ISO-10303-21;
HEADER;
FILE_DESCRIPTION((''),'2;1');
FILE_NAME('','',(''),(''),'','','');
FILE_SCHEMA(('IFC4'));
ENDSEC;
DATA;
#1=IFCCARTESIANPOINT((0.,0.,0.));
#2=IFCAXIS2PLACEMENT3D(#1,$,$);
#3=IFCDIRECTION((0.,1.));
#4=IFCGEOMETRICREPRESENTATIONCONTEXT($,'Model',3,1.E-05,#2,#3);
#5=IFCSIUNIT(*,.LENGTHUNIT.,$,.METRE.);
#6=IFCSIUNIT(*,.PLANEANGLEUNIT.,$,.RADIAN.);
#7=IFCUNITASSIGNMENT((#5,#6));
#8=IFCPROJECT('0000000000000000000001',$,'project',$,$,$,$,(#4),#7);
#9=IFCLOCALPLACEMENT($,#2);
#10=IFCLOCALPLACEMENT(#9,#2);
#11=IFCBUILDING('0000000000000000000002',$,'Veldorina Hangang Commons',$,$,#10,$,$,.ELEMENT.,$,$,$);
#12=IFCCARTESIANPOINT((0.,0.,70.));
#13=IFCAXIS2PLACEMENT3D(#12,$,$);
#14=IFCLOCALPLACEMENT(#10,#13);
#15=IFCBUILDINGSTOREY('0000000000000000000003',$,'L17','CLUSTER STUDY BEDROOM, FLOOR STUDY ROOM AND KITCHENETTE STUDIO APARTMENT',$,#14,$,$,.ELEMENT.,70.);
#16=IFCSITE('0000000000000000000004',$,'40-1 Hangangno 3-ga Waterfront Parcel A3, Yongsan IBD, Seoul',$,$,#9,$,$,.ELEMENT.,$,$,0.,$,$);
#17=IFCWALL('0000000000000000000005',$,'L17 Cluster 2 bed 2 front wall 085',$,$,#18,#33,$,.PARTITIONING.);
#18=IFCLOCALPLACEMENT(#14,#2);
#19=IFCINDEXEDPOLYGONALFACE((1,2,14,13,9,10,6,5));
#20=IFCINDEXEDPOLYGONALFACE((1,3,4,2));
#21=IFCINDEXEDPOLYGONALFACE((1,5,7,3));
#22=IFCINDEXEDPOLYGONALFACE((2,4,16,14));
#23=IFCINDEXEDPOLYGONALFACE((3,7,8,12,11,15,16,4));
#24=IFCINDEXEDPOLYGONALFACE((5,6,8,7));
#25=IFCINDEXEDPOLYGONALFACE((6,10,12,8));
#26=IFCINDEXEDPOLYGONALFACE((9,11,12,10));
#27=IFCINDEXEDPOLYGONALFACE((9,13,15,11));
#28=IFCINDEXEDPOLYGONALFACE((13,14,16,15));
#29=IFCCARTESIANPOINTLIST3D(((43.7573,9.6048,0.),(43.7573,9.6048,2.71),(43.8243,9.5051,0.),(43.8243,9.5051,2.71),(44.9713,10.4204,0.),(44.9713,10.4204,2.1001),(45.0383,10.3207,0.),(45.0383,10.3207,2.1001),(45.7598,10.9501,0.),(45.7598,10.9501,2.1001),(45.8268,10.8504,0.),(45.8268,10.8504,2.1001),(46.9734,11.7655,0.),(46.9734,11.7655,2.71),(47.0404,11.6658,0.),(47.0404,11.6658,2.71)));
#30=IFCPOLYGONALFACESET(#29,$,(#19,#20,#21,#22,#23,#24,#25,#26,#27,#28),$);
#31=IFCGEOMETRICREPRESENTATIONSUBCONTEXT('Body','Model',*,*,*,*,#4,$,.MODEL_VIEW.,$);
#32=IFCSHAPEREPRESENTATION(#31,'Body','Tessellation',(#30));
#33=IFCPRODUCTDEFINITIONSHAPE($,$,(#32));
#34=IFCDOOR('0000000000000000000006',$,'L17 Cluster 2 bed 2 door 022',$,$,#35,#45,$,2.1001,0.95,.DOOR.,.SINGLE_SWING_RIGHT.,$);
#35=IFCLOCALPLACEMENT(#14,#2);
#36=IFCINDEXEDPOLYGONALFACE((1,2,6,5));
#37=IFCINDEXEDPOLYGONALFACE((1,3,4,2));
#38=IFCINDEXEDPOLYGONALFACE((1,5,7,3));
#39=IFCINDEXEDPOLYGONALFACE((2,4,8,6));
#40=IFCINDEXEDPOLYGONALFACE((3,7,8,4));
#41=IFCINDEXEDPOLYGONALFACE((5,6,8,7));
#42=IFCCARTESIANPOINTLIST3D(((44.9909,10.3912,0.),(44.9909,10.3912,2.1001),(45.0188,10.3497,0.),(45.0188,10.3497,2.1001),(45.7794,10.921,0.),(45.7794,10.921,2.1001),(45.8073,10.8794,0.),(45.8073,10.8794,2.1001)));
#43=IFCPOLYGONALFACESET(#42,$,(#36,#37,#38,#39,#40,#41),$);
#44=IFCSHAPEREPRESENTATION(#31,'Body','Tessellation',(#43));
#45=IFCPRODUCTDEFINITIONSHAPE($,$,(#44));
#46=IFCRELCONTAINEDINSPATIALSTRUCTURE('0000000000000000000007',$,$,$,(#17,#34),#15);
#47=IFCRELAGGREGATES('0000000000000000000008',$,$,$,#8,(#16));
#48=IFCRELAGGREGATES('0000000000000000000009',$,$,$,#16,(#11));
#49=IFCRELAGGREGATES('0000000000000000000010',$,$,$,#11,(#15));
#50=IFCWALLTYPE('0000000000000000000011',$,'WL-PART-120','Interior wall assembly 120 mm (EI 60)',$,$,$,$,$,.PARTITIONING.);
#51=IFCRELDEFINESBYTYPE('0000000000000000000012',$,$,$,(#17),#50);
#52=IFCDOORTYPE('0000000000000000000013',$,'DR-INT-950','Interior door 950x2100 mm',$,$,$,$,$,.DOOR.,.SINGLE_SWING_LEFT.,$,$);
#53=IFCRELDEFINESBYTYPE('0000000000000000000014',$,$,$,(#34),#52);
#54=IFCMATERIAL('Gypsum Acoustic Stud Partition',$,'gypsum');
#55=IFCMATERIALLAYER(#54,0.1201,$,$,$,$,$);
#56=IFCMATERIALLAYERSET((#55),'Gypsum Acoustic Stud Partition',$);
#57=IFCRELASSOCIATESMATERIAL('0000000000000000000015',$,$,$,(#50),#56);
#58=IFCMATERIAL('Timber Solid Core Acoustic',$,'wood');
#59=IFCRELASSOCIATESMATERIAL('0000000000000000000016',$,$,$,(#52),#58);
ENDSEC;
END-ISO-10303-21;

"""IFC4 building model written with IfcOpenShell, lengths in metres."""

from ifc_helpers import new_model, si_unit, direction, frame, frame_2d, origin, place, context, subcontext, project, spatial, rectangle, extrude, material, layer, layer_set, type_object, element, fill, save


model = new_model("IFC4")

# Units and contexts
model_context = context("Model", 3, precision=1e-05, world=origin(), true_north=direction((0.0, 1.0)))
body_context = subcontext(model_context, "Body", "Model", "MODEL_VIEW")
ifc_project = project(units=[si_unit("LENGTHUNIT", "METRE"), si_unit("PLANEANGLEUNIT", "RADIAN")], contexts=[model_context])

# Site, building, storey
site_placement = place(None, origin())
site = spatial("IfcSite", under=ifc_project, at=site_placement, Name="40-1 Hangangno 3-ga Waterfront Parcel A3, Yongsan IBD, Seoul", CompositionType="ELEMENT", RefElevation=0.0)
building_placement = place(site_placement, origin())
building = spatial("IfcBuilding", under=site, at=building_placement, Name="Veldorina Hangang Commons", CompositionType="ELEMENT")
storey_placement = place(building_placement, frame((0.0, 0.0, 70.0)))
storey = spatial("IfcBuildingStorey", under=building, at=storey_placement, Name="L17", Description="CLUSTER STUDY BEDROOM, FLOOR STUDY ROOM AND KITCHENETTE STUDIO APARTMENT", CompositionType="ELEMENT", Elevation=70.0)

# Shared definitions
ifc_material_1 = material(Name="Gypsum Acoustic Stud Partition", Category="gypsum")
ifc_layer_1 = layer(ifc_material_1, 0.1201)
ifc_layer_set_1 = layer_set([ifc_layer_1], Name="Gypsum Acoustic Stud Partition")
wall_type_1 = type_object("IfcWallType", Name="WL-PART-120", Description="Interior wall assembly 120 mm (EI 60)", PredefinedType="PARTITIONING", material=ifc_layer_set_1)

# Wall, opening, door
ifc_material_2 = material(Name="Timber Solid Core Acoustic", Category="wood")
door_type_1 = type_object("IfcDoorType", Name="DR-INT-950", Description="Interior door 950x2100 mm", OperationType="SINGLE_SWING_LEFT", PredefinedType="DOOR", material=ifc_material_2)
wall_1_placement = place(storey_placement, frame((43.7908, 9.5549, 0.0), z_axis=(0.0, 0.0, 1.0), x_axis=(0.830067, 0.557663, 0.0)))
wall_1 = element("IfcWall", 1, at=wall_1_placement, inside=storey, type_object=wall_type_1, Name="L17 Cluster 2 bed 2 front wall 085", PredefinedType="PARTITIONING", context=body_context, shape_type="SweptSolid", body=[
    extrude(rectangle(XDim=3.8745, YDim=0.1201, at=frame_2d((1.9373, 0.0))), origin(), (0.0, 0.0, 1.0), 2.71),
])
opening_1_placement = place(wall_1_placement, frame((1.4624, 0.0, 0.0)))
opening_1 = element("IfcOpeningElement", 2, at=opening_1_placement, cuts=wall_1, PredefinedType="OPENING", context=body_context, shape_type="SweptSolid", body=[
    extrude(rectangle(XDim=0.95, YDim=2.1001, at=frame_2d((0.4751, 1.05))), frame((0.0, 0.0701, 0.0), z_axis=(0.0, -1.0, 0.0), x_axis=(1.0, 0.0, 0.0)), (0.0, 0.0, 1.0), 0.1401),
])
door_1_placement = place(opening_1_placement, origin())
door_1 = element("IfcDoor", 3, at=door_1_placement, inside=storey, type_object=door_type_1, Name="L17 Cluster 2 bed 2 door 022", OperationType="SINGLE_SWING_RIGHT", OverallHeight=2.1001, OverallWidth=0.95, PredefinedType="DOOR", context=body_context, shape_type="SweptSolid", body=[
    extrude(rectangle(XDim=0.95, YDim=2.1001, at=frame_2d((0.4751, 1.05))), frame((0.0, 0.0249, 0.0), z_axis=(0.0, -1.0, 0.0), x_axis=(1.0, 0.0, 0.0)), (0.0, 0.0, 1.0), 0.05),
])
fill(opening_1, door_1)

save(model, "model.ifc")
